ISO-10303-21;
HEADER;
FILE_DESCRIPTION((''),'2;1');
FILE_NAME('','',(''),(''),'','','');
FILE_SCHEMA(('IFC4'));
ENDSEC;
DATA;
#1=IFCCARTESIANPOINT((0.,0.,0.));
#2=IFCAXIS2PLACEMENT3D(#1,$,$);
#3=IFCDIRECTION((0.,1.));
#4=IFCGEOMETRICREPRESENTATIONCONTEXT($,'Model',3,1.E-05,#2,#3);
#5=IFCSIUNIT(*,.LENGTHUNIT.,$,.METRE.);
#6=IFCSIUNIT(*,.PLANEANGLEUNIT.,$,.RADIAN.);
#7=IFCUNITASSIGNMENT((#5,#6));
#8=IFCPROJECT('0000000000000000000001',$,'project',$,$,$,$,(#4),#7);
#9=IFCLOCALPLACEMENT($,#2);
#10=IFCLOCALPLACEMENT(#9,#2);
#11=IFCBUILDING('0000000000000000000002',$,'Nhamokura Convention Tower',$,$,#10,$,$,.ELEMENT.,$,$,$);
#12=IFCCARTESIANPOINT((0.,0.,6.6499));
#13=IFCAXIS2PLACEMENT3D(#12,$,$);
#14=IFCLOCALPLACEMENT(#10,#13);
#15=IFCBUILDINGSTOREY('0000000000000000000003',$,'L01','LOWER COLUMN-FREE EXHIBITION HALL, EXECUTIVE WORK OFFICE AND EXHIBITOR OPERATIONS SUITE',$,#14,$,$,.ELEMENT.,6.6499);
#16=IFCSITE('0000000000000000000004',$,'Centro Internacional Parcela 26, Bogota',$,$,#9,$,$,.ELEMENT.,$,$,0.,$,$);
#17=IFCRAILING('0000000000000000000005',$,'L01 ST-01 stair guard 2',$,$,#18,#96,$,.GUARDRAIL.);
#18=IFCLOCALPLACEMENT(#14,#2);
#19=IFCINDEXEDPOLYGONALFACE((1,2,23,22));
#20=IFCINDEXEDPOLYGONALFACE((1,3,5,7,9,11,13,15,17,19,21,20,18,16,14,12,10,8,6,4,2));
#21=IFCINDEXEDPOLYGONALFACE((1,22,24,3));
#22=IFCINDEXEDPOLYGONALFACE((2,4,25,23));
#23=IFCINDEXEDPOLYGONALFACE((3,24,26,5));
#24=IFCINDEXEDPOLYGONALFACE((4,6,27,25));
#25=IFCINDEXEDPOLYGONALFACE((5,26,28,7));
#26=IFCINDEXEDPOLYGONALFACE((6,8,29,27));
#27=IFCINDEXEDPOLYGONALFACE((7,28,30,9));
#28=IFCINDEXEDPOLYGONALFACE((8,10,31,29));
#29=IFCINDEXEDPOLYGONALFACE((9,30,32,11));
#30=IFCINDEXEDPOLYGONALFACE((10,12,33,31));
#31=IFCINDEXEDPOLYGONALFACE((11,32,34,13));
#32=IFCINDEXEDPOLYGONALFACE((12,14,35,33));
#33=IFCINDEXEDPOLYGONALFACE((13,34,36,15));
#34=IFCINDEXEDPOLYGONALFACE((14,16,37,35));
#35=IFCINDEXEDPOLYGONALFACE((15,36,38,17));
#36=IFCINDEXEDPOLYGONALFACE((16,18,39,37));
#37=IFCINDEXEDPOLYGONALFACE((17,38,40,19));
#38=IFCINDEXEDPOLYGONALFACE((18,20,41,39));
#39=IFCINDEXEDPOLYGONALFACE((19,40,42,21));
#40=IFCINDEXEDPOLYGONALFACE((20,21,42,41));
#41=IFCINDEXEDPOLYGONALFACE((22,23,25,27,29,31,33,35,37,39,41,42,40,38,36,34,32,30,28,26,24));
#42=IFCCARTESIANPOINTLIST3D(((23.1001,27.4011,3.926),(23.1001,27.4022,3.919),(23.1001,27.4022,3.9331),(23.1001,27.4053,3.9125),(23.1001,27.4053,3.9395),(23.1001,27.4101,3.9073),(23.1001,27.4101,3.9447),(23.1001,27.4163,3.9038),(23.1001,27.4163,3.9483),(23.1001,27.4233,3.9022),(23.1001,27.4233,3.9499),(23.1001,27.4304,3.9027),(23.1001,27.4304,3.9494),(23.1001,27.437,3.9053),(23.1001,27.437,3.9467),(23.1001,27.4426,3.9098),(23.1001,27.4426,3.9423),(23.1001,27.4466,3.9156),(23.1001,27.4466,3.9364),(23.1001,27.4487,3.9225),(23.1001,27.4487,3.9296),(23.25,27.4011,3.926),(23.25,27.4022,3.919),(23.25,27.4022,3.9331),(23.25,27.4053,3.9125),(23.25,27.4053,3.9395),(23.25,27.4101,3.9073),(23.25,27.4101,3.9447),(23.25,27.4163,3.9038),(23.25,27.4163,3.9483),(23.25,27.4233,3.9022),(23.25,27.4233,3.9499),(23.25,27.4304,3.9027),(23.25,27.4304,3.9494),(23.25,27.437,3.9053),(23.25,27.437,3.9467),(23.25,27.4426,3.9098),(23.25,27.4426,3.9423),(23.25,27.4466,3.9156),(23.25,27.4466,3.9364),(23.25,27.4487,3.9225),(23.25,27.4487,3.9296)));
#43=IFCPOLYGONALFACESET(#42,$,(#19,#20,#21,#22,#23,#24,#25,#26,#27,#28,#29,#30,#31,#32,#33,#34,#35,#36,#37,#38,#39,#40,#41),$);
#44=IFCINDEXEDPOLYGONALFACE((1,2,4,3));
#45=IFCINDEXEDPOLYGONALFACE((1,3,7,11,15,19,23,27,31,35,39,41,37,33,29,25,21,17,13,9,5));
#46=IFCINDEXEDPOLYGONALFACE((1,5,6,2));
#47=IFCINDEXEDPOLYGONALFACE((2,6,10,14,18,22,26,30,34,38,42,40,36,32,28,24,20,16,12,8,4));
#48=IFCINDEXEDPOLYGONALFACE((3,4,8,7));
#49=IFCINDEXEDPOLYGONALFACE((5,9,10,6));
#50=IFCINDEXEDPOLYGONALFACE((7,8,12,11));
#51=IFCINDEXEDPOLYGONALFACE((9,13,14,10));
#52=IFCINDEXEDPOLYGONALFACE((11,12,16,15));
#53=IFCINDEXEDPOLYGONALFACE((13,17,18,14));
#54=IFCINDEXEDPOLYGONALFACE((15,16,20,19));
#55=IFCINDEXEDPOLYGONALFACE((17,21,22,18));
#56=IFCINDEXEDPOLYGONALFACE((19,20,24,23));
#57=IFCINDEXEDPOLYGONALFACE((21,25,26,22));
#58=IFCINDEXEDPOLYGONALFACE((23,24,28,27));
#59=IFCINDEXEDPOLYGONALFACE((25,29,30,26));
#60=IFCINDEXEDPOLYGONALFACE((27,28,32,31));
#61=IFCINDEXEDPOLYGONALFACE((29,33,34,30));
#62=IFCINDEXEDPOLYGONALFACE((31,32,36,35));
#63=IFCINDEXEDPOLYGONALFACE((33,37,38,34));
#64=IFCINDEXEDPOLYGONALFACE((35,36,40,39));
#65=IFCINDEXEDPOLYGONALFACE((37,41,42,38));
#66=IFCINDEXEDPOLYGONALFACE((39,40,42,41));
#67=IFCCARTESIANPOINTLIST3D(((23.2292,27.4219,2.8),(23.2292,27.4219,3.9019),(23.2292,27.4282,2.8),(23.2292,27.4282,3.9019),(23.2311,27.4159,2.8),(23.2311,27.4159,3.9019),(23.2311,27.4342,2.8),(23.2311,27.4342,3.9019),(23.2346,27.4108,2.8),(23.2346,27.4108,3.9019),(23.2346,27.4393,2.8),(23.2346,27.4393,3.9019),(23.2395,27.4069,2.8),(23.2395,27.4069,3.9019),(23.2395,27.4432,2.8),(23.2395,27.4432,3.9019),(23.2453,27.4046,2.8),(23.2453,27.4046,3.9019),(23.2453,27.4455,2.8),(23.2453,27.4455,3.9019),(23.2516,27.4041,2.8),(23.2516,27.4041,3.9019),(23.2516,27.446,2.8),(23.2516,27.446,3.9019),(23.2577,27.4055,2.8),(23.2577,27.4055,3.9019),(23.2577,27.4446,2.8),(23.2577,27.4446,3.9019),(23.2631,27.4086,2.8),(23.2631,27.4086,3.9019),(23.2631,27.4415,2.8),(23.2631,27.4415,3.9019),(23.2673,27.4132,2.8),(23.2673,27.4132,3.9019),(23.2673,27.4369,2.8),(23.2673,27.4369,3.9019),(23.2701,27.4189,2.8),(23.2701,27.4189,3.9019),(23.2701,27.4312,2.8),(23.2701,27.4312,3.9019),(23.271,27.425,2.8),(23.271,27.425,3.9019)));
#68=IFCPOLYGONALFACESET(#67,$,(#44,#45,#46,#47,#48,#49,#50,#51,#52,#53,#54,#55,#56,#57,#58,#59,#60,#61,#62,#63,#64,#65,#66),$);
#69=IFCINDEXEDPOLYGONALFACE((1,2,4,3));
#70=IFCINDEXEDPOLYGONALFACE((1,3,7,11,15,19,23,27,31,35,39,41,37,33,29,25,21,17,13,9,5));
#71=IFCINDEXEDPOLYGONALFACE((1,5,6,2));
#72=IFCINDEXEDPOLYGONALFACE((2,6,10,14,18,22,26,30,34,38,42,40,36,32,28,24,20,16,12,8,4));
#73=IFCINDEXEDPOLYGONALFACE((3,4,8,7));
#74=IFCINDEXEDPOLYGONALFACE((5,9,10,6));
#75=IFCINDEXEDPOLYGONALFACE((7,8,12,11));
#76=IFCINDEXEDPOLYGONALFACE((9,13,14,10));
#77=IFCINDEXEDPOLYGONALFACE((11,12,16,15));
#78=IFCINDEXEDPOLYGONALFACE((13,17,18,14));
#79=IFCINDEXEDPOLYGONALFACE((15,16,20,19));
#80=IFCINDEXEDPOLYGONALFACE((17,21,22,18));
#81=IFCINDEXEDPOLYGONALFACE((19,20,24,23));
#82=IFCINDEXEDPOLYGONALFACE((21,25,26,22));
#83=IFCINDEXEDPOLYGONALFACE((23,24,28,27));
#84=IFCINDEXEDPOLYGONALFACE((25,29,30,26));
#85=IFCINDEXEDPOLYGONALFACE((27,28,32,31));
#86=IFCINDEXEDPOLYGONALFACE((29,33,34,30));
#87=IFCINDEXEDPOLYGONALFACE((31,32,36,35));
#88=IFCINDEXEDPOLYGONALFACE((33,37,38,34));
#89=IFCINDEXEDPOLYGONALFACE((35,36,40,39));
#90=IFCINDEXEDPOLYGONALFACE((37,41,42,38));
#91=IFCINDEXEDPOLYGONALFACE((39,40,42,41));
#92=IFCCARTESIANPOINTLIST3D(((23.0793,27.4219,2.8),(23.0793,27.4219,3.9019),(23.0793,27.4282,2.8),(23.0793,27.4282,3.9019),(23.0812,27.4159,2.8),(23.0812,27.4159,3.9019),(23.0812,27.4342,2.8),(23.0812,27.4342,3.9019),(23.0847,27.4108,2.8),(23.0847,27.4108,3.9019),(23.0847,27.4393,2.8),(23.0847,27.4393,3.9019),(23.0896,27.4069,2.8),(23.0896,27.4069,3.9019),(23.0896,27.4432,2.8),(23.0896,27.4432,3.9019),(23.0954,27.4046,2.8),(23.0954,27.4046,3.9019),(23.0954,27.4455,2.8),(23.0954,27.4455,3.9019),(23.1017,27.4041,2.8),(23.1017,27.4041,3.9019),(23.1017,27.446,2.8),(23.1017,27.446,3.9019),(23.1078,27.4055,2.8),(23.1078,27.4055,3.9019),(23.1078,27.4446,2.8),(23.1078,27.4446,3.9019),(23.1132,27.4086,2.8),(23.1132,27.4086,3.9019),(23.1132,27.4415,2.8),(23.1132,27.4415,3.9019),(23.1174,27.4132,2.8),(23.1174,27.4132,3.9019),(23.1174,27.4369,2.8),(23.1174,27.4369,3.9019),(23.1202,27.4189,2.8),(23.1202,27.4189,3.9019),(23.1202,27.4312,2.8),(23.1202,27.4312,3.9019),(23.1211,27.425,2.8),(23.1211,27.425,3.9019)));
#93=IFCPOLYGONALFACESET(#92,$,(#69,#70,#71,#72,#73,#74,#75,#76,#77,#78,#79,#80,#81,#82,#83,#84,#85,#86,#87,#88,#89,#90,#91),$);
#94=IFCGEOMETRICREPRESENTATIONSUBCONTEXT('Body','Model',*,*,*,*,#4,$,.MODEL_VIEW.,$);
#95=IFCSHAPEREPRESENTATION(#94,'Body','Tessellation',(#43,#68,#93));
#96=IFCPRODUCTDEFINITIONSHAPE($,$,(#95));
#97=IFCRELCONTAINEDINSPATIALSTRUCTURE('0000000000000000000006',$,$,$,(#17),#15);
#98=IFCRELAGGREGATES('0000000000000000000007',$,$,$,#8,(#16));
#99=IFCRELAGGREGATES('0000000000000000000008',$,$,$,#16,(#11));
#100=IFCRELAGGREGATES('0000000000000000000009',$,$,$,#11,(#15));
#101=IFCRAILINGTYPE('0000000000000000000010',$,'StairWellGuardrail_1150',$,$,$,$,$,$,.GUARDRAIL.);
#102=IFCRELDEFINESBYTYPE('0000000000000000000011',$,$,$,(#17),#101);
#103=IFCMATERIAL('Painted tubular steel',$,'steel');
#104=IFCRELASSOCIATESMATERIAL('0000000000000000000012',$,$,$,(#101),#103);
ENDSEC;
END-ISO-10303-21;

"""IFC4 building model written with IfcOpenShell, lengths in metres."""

from ifc_helpers import new_model, si_unit, direction, frame, origin, origin_2d, place, context, subcontext, project, spatial, circle, extrude, material, type_object, element, save


model = new_model("IFC4")

# Units and contexts
model_context = context("Model", 3, precision=1e-05, world=origin(), true_north=direction((0.0, 1.0)))
body_context = subcontext(model_context, "Body", "Model", "MODEL_VIEW")
ifc_project = project(units=[si_unit("LENGTHUNIT", "METRE"), si_unit("PLANEANGLEUNIT", "RADIAN")], contexts=[model_context])

# Site, building, storey
site_placement = place(None, origin())
site = spatial("IfcSite", under=ifc_project, at=site_placement, Name="Centro Internacional Parcela 26, Bogota", CompositionType="ELEMENT", RefElevation=0.0)
building_placement = place(site_placement, origin())
building = spatial("IfcBuilding", under=site, at=building_placement, Name="Nhamokura Convention Tower", CompositionType="ELEMENT")
storey_placement = place(building_placement, frame((0.0, 0.0, 6.6499)))
storey = spatial("IfcBuildingStorey", under=building, at=storey_placement, Name="L01", Description="LOWER COLUMN-FREE EXHIBITION HALL, EXECUTIVE WORK OFFICE AND EXHIBITOR OPERATIONS SUITE", CompositionType="ELEMENT", Elevation=6.6499)

# Railing
ifc_material_1 = material(Name="Painted tubular steel", Category="steel")
railing_type_1 = type_object("IfcRailingType", Name="StairWellGuardrail_1150", PredefinedType="GUARDRAIL", material=ifc_material_1)
railing_1_placement = place(storey_placement, frame((23.25, 27.425, 2.8)))
element("IfcRailing", 1, at=railing_1_placement, inside=storey, type_object=railing_type_1, Name="L01 ST-01 stair guard 2", PredefinedType="GUARDRAIL", context=body_context, shape_type="SweptSolid", body=[
    extrude(circle(Radius=0.0239, at=origin_2d()), frame((0.0, 0.0, 1.126), z_axis=(-1.0, 0.0, 0.0), x_axis=(0.0, -1.0, 0.0)), (0.0, 0.0, 1.0), 0.1499),
    extrude(circle(Radius=0.021, at=origin_2d()), origin(), (0.0, 0.0, 1.0), 1.1018),
    extrude(circle(Radius=0.021, at=origin_2d()), frame((-0.1499, 0.0, 0.0)), (0.0, 0.0, 1.0), 1.1018),
])

save(model, "model.ifc")
